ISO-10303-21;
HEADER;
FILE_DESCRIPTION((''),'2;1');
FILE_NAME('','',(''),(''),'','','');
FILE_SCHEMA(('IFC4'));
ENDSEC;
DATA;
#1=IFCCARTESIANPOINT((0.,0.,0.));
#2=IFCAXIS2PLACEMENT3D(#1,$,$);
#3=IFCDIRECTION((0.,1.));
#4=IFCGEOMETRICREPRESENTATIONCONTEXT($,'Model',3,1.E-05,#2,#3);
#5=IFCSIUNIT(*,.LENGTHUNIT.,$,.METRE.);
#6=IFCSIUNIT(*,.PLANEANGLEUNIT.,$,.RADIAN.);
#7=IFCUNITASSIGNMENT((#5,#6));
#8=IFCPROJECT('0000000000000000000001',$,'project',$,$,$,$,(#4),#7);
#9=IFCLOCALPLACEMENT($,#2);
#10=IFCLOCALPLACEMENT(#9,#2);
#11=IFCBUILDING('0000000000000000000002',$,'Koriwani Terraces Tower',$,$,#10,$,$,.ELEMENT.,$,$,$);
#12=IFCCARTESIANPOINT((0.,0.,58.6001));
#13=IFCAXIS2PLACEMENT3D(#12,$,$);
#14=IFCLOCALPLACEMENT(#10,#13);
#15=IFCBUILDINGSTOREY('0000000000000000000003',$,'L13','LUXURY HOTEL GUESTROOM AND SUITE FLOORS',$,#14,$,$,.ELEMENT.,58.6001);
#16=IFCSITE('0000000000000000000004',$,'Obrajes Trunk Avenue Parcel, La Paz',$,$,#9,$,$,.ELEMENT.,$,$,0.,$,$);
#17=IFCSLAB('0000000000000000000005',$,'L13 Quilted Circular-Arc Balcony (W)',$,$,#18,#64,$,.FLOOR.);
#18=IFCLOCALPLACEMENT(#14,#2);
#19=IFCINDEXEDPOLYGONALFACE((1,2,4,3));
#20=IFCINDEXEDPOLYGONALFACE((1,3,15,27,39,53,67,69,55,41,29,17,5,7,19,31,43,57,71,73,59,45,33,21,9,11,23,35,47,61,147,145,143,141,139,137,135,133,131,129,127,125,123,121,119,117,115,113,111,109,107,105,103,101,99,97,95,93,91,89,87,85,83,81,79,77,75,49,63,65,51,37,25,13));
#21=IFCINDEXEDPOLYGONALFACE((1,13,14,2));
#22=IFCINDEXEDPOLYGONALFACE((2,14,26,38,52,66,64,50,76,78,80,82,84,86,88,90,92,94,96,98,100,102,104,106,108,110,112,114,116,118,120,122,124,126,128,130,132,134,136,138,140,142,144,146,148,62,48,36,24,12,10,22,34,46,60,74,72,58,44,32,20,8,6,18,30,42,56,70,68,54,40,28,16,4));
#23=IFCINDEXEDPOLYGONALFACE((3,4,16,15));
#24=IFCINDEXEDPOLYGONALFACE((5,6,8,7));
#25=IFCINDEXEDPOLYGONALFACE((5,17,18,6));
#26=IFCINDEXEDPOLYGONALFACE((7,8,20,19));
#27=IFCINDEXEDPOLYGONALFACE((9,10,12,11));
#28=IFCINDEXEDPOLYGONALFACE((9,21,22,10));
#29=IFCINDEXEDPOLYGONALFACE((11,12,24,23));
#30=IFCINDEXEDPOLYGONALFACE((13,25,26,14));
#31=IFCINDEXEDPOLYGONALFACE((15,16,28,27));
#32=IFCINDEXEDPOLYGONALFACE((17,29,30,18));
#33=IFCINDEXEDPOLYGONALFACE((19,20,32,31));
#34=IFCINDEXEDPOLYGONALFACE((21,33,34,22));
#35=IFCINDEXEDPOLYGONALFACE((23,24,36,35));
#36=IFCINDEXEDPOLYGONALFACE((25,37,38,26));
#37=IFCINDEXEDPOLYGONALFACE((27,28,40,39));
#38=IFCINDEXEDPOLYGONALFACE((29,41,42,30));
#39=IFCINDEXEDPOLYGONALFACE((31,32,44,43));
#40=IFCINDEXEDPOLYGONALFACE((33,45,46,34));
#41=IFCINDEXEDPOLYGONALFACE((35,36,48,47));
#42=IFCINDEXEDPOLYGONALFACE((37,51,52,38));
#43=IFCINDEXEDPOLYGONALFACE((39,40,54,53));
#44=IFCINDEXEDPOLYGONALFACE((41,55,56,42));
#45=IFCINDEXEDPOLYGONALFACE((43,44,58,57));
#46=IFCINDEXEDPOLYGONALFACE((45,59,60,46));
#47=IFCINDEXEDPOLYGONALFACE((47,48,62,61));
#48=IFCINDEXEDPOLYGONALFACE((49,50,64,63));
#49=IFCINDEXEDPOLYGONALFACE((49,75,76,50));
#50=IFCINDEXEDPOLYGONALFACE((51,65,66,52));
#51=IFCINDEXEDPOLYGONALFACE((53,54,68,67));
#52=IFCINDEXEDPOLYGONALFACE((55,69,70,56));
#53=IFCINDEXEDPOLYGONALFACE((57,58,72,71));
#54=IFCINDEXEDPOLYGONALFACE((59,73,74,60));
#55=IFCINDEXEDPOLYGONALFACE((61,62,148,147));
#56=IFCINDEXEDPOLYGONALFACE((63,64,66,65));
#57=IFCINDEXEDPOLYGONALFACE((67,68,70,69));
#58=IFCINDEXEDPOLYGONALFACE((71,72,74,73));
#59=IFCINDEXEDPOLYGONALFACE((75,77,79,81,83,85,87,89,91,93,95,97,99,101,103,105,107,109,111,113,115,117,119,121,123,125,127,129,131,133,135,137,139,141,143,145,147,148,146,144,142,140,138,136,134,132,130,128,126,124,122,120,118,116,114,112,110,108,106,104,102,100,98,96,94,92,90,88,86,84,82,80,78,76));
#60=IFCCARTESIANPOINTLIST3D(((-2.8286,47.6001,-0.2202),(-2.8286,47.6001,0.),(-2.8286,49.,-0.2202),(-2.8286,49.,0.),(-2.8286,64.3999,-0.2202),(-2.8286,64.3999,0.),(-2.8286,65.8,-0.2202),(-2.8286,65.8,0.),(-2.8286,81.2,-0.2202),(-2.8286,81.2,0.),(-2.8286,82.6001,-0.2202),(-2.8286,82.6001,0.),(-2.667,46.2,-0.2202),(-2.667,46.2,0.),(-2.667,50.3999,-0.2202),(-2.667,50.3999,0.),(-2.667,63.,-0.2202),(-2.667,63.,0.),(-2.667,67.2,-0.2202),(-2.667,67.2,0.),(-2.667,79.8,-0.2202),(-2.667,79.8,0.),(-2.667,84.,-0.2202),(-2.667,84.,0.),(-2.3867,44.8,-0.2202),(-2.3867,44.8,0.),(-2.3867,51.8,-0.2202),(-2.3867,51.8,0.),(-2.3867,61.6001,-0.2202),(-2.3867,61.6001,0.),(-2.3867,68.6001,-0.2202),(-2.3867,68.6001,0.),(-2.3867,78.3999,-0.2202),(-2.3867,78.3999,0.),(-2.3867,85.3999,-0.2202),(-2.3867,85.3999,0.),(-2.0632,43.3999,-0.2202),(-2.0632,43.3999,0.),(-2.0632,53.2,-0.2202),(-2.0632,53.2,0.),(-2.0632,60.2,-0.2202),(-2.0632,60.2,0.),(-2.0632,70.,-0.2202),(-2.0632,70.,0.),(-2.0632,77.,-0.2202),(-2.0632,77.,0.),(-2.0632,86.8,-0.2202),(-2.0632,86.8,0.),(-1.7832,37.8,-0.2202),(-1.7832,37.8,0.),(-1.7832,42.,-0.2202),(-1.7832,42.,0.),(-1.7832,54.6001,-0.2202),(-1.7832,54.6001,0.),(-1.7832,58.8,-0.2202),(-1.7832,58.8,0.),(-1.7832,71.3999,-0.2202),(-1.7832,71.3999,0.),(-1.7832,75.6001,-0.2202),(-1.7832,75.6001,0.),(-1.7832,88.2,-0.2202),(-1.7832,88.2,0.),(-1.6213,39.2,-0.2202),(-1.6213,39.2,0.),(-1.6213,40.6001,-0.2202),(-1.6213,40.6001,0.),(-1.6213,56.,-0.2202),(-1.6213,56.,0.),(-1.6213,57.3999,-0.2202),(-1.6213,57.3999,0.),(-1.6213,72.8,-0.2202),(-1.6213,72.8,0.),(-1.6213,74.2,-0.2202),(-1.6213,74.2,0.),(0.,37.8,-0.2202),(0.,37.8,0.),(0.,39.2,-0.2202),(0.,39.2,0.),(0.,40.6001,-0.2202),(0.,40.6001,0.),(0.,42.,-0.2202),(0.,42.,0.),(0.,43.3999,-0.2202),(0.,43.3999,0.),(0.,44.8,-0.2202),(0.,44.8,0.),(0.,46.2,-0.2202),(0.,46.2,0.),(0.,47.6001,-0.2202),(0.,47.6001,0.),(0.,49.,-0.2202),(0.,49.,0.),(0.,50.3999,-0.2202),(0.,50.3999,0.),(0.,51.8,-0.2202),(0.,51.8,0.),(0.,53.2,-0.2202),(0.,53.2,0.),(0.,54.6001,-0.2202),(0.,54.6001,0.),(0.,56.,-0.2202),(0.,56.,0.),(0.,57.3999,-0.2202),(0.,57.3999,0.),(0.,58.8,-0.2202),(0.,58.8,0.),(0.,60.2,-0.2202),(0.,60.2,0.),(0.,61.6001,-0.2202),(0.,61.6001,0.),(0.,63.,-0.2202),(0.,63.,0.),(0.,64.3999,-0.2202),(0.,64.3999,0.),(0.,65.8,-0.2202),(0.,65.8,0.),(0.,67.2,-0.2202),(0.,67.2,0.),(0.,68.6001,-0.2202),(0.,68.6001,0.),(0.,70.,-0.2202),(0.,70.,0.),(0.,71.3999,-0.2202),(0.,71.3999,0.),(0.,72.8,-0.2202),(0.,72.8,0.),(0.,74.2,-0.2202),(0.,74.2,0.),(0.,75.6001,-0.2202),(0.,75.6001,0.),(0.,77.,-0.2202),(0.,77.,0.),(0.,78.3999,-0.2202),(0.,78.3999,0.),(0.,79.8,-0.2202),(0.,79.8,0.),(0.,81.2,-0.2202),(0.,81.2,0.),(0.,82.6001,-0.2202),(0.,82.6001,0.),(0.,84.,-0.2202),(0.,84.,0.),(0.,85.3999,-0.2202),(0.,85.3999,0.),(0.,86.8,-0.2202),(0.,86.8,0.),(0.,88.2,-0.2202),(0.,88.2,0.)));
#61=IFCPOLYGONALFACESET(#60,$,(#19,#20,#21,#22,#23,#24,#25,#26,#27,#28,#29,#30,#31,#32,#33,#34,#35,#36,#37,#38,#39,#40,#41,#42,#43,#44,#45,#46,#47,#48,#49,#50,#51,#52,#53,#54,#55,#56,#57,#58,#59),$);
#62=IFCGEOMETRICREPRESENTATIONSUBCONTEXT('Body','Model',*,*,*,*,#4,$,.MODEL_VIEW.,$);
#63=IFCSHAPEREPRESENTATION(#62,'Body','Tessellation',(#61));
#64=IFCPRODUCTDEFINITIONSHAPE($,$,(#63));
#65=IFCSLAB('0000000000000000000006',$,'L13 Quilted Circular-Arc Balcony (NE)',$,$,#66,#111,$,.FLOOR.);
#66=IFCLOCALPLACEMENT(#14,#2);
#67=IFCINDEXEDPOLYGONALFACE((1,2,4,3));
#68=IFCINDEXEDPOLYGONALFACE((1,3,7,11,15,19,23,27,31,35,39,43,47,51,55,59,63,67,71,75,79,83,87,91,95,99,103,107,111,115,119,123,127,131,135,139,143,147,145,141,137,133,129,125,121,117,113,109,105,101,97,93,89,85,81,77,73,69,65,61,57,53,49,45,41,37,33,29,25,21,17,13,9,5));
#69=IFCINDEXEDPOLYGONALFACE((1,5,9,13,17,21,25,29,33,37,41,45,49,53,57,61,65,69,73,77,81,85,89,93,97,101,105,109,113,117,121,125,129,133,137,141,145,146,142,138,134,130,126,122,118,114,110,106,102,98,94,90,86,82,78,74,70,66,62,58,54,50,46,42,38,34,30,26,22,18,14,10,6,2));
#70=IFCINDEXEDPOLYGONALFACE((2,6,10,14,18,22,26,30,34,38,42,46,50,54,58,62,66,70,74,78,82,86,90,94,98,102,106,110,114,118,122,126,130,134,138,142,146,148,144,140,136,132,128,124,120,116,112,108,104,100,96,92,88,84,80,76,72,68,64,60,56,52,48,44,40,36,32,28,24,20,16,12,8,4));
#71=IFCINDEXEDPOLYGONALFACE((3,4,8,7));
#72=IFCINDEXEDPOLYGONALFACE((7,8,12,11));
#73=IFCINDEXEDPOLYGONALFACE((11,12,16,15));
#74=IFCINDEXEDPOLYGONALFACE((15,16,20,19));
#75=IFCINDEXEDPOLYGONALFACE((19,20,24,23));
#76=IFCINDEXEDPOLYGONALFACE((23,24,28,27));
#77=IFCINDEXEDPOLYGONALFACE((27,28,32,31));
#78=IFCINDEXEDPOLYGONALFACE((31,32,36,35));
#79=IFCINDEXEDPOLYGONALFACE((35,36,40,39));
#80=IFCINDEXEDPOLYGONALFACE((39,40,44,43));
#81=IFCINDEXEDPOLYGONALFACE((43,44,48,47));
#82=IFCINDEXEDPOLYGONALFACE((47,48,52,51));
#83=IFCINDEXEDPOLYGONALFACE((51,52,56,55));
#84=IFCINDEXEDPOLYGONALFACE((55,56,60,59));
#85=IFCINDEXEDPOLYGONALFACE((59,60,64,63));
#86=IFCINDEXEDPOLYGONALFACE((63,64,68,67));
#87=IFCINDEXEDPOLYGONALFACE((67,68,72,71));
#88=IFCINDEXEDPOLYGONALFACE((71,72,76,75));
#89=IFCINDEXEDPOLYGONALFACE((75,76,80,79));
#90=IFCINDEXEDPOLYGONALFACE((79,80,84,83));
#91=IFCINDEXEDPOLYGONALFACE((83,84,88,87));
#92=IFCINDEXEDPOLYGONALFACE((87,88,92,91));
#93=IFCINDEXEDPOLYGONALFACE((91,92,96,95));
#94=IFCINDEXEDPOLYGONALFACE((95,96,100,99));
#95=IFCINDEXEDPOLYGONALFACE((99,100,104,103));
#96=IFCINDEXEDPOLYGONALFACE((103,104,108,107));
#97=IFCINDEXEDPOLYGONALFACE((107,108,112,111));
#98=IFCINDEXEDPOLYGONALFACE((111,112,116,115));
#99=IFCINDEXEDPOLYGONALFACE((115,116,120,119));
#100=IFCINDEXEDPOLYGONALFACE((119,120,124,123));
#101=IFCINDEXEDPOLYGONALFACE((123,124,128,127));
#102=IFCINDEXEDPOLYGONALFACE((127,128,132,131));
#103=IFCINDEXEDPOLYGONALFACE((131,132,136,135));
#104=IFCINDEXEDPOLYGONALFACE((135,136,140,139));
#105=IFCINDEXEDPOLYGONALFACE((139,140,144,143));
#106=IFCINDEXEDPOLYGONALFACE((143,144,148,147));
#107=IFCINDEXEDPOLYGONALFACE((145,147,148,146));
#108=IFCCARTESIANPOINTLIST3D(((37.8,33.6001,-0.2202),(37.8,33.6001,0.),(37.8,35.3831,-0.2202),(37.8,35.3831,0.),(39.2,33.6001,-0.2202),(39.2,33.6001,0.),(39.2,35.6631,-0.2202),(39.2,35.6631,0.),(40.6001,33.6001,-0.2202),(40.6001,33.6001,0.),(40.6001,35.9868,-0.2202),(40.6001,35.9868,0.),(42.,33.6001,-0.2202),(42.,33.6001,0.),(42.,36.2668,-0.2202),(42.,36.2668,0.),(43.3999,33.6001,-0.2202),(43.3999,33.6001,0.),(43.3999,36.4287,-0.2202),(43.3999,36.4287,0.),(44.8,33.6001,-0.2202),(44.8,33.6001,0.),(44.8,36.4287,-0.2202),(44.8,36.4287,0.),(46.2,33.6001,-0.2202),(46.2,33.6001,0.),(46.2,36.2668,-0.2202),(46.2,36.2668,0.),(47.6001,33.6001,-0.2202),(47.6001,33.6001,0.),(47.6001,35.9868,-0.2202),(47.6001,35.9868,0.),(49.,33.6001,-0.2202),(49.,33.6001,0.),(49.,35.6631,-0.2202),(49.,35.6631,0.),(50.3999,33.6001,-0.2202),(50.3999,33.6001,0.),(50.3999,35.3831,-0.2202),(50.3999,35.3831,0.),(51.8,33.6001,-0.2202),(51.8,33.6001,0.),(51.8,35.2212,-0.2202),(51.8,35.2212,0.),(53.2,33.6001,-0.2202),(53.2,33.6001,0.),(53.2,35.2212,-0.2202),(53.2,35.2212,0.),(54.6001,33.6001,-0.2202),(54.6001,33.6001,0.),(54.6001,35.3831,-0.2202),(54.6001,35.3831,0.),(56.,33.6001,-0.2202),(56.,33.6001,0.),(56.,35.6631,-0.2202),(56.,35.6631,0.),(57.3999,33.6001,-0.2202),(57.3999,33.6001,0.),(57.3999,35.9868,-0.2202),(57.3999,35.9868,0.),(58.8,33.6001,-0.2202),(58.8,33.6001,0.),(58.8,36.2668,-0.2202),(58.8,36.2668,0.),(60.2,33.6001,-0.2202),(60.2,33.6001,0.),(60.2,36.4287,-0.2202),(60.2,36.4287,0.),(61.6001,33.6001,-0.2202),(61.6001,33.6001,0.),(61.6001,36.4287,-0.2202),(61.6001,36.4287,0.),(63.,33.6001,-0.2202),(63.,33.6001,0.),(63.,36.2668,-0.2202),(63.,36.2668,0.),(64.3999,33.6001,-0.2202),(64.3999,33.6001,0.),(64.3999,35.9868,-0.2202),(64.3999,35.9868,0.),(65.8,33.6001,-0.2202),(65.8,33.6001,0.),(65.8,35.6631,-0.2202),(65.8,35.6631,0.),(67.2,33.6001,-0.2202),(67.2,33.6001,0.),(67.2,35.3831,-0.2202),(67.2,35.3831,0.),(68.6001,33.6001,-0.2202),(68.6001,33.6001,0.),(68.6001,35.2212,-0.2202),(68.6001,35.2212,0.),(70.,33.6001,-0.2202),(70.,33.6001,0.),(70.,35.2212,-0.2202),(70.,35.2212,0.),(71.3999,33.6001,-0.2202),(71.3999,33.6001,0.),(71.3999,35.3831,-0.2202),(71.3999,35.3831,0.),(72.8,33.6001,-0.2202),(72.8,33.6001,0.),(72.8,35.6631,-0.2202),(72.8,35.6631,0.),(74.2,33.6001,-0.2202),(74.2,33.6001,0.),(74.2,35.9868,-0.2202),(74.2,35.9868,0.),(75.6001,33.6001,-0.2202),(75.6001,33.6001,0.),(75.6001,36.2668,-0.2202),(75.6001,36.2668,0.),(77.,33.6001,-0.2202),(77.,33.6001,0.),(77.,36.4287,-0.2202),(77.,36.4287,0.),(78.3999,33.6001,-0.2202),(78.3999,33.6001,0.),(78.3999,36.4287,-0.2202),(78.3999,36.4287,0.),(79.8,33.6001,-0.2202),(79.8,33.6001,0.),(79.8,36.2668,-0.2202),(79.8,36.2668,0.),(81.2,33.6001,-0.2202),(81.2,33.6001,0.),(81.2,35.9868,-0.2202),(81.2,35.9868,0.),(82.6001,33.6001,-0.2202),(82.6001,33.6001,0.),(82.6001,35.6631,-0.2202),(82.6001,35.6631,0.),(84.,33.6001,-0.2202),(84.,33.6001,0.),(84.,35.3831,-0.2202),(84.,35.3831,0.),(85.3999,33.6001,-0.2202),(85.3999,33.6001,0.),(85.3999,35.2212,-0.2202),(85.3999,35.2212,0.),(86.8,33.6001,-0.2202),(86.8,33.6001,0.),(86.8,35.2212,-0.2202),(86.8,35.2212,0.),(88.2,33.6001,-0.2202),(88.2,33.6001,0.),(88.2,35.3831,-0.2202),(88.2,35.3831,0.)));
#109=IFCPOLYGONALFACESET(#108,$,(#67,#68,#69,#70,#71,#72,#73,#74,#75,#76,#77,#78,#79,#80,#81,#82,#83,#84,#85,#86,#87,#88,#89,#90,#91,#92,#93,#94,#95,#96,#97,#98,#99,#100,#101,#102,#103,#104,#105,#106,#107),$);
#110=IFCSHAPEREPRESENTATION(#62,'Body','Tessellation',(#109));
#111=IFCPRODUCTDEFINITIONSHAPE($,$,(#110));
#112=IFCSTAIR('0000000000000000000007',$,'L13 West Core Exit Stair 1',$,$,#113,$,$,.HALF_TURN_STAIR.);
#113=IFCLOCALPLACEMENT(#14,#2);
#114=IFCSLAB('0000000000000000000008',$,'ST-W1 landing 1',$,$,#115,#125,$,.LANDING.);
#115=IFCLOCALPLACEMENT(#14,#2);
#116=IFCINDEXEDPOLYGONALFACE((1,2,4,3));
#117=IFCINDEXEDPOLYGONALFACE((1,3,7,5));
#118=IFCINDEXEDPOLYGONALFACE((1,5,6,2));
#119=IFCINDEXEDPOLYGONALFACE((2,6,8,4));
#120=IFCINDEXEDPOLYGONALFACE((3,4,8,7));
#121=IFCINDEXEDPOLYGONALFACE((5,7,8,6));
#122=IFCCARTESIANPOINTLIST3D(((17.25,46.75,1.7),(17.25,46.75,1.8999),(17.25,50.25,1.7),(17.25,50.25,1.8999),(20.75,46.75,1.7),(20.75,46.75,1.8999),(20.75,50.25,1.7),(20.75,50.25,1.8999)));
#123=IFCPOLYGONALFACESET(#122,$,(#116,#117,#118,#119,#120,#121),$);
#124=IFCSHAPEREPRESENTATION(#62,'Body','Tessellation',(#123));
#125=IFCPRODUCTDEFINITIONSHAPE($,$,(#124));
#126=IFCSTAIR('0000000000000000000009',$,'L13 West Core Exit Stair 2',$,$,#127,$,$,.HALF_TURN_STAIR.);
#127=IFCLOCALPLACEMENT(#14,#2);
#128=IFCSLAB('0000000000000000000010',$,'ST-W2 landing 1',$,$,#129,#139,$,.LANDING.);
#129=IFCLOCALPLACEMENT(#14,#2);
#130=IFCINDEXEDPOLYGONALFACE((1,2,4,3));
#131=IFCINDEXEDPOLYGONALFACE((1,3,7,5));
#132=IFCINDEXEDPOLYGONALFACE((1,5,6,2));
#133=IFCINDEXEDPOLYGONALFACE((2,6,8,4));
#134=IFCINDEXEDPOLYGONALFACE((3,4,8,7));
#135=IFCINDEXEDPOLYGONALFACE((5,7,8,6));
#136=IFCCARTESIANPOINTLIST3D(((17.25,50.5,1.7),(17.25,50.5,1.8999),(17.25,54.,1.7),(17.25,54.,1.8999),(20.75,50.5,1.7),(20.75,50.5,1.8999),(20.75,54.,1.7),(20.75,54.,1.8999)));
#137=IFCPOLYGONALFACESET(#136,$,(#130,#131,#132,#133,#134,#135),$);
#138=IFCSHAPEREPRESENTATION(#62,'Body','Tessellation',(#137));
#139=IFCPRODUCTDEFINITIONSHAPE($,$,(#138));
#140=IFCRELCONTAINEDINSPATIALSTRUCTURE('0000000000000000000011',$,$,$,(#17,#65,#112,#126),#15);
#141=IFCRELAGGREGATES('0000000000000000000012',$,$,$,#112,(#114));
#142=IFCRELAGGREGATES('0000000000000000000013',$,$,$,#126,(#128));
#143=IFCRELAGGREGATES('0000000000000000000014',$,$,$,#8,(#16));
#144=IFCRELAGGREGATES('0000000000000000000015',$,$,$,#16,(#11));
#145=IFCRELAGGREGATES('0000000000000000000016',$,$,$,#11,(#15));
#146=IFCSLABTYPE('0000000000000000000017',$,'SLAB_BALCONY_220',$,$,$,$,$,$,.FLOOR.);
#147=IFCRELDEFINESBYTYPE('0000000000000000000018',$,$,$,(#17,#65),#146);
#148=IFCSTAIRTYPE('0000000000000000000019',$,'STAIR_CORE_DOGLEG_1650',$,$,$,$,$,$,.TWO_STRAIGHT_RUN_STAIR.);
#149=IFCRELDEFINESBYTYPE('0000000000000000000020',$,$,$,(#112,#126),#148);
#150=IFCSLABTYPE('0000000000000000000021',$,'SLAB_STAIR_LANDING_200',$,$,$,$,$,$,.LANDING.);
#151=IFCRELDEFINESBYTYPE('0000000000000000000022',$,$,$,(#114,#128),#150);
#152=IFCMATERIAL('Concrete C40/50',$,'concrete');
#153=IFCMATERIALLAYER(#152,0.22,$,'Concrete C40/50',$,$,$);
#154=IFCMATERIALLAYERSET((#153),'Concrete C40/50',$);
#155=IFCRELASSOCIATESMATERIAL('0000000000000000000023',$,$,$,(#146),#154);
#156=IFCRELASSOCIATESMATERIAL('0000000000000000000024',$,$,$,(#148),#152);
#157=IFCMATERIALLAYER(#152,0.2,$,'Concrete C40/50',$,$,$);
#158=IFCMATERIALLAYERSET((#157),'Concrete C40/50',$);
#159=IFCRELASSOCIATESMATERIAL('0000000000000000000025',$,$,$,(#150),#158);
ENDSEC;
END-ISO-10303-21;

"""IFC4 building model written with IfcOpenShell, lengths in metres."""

from ifc_helpers import new_model, si_unit, direction, frame, origin, place, context, subcontext, project, spatial, polyline, outline, extrude, material, layer, layer_set, type_object, element, aggregate, save


model = new_model("IFC4")

# Units and contexts
model_context = context("Model", 3, precision=1e-05, world=origin(), true_north=direction((0.0, 1.0)))
body_context = subcontext(model_context, "Body", "Model", "MODEL_VIEW")
ifc_project = project(units=[si_unit("LENGTHUNIT", "METRE"), si_unit("PLANEANGLEUNIT", "RADIAN")], contexts=[model_context])

# Site, building, storey
site_placement = place(None, origin())
site = spatial("IfcSite", under=ifc_project, at=site_placement, Name="Obrajes Trunk Avenue Parcel, La Paz", CompositionType="ELEMENT", RefElevation=0.0)
building_placement = place(site_placement, origin())
building = spatial("IfcBuilding", under=site, at=building_placement, Name="Koriwani Terraces Tower", CompositionType="ELEMENT")
storey_placement = place(building_placement, frame((0.0, 0.0, 58.6001)))
storey = spatial("IfcBuildingStorey", under=building, at=storey_placement, Name="L13", Description="LUXURY HOTEL GUESTROOM AND SUITE FLOORS", CompositionType="ELEMENT", Elevation=58.6001)

# Slabs
ifc_material_1 = material(Name="Concrete C40/50", Category="concrete")
ifc_layer_1 = layer(ifc_material_1, 0.22, Name="Concrete C40/50")
ifc_layer_set_1 = layer_set([ifc_layer_1], Name="Concrete C40/50")
slab_type_1 = type_object("IfcSlabType", Name="SLAB_BALCONY_220", PredefinedType="FLOOR", material=ifc_layer_set_1)
slab_1_placement = place(storey_placement, frame((0.0, 0.0, -0.2202)))
element("IfcSlab", 1, at=slab_1_placement, inside=storey, type_object=slab_type_1, Name="L13 Quilted Circular-Arc Balcony (W)", PredefinedType="FLOOR", context=body_context, shape_type="SweptSolid", body=[
    extrude(outline(polyline([(0.0, 37.8), (0.0, 39.2), (0.0, 40.6001), (0.0, 42.0), (0.0, 43.3999), (0.0, 44.8), (0.0, 46.2), (0.0, 47.6001), (0.0, 49.0), (0.0, 50.3999), (0.0, 51.8), (0.0, 53.2), (0.0, 54.6001), (0.0, 56.0), (0.0, 57.3999), (0.0, 58.8), (0.0, 60.2), (0.0, 61.6001), (0.0, 63.0), (0.0, 64.3999), (0.0, 65.8), (0.0, 67.2), (0.0, 68.6001), (0.0, 70.0), (0.0, 71.3999), (0.0, 72.8), (0.0, 74.2), (0.0, 75.6001), (0.0, 77.0), (0.0, 78.3999), (0.0, 79.8), (0.0, 81.2), (0.0, 82.6001), (0.0, 84.0), (0.0, 85.3999), (0.0, 86.8), (0.0, 88.2), (-1.7832, 88.2), (-2.0632, 86.8), (-2.3867, 85.3999), (-2.667, 84.0), (-2.8286, 82.6001), (-2.8286, 81.2), (-2.667, 79.8), (-2.3867, 78.3999), (-2.0632, 77.0), (-1.7832, 75.6001), (-1.6213, 74.2), (-1.6213, 72.8), (-1.7832, 71.3999), (-2.0632, 70.0), (-2.3867, 68.6001), (-2.667, 67.2), (-2.8286, 65.8), (-2.8286, 64.3999), (-2.667, 63.0), (-2.3867, 61.6001), (-2.0632, 60.2), (-1.7832, 58.8), (-1.6213, 57.3999), (-1.6213, 56.0), (-1.7832, 54.6001), (-2.0632, 53.2), (-2.3867, 51.8), (-2.667, 50.3999), (-2.8286, 49.0), (-2.8286, 47.6001), (-2.667, 46.2), (-2.3867, 44.8), (-2.0632, 43.3999), (-1.7832, 42.0), (-1.6213, 40.6001), (-1.6213, 39.2), (-1.7832, 37.8), (0.0, 37.8)])), origin(), (0.0, 0.0, 1.0), 0.2202),
])
slab_2_placement = place(storey_placement, frame((0.0, 0.0, -0.2202)))
element("IfcSlab", 2, at=slab_2_placement, inside=storey, type_object=slab_type_1, Name="L13 Quilted Circular-Arc Balcony (NE)", PredefinedType="FLOOR", context=body_context, shape_type="SweptSolid", body=[
    extrude(outline(polyline([(88.2, 33.6001), (86.8, 33.6001), (85.3999, 33.6001), (84.0, 33.6001), (82.6001, 33.6001), (81.2, 33.6001), (79.8, 33.6001), (78.3999, 33.6001), (77.0, 33.6001), (75.6001, 33.6001), (74.2, 33.6001), (72.8, 33.6001), (71.3999, 33.6001), (70.0, 33.6001), (68.6001, 33.6001), (67.2, 33.6001), (65.8, 33.6001), (64.3999, 33.6001), (63.0, 33.6001), (61.6001, 33.6001), (60.2, 33.6001), (58.8, 33.6001), (57.3999, 33.6001), (56.0, 33.6001), (54.6001, 33.6001), (53.2, 33.6001), (51.8, 33.6001), (50.3999, 33.6001), (49.0, 33.6001), (47.6001, 33.6001), (46.2, 33.6001), (44.8, 33.6001), (43.3999, 33.6001), (42.0, 33.6001), (40.6001, 33.6001), (39.2, 33.6001), (37.8, 33.6001), (37.8, 35.3831), (39.2, 35.6631), (40.6001, 35.9868), (42.0, 36.2668), (43.3999, 36.4287), (44.8, 36.4287), (46.2, 36.2668), (47.6001, 35.9868), (49.0, 35.6631), (50.3999, 35.3831), (51.8, 35.2212), (53.2, 35.2212), (54.6001, 35.3831), (56.0, 35.6631), (57.3999, 35.9868), (58.8, 36.2668), (60.2, 36.4287), (61.6001, 36.4287), (63.0, 36.2668), (64.3999, 35.9868), (65.8, 35.6631), (67.2, 35.3831), (68.6001, 35.2212), (70.0, 35.2212), (71.3999, 35.3831), (72.8, 35.6631), (74.2, 35.9868), (75.6001, 36.2668), (77.0, 36.4287), (78.3999, 36.4287), (79.8, 36.2668), (81.2, 35.9868), (82.6001, 35.6631), (84.0, 35.3831), (85.3999, 35.2212), (86.8, 35.2212), (88.2, 35.3831), (88.2, 33.6001)])), origin(), (0.0, 0.0, 1.0), 0.2202),
])

# Stairs, slabs
stair_type = type_object("IfcStairType", Name="STAIR_CORE_DOGLEG_1650", PredefinedType="TWO_STRAIGHT_RUN_STAIR", material=ifc_material_1)
stair_1_placement = place(storey_placement, origin())
stair_1 = element("IfcStair", 3, at=stair_1_placement, inside=storey, type_object=stair_type, Name="L13 West Core Exit Stair 1", PredefinedType="HALF_TURN_STAIR")
ifc_layer_2 = layer(ifc_material_1, 0.2, Name="Concrete C40/50")
ifc_layer_set_2 = layer_set([ifc_layer_2], Name="Concrete C40/50")
slab_type_2 = type_object("IfcSlabType", Name="SLAB_STAIR_LANDING_200", PredefinedType="LANDING", material=ifc_layer_set_2)
slab_3_placement = place(storey_placement, frame((0.0, 0.0, 1.7)))
slab_3 = element("IfcSlab", 4, at=slab_3_placement, type_object=slab_type_2, Name="ST-W1 landing 1", PredefinedType="LANDING", context=body_context, shape_type="SweptSolid", body=[
    extrude(outline(polyline([(20.75, 46.75), (20.75, 50.25), (17.25, 50.25), (17.25, 46.75), (20.75, 46.75)])), origin(), (0.0, 0.0, 1.0), 0.2),
])
aggregate(stair_1, [slab_3])
stair_2_placement = place(storey_placement, origin())
stair_2 = element("IfcStair", 5, at=stair_2_placement, inside=storey, type_object=stair_type, Name="L13 West Core Exit Stair 2", PredefinedType="HALF_TURN_STAIR")
slab_4_placement = place(storey_placement, frame((0.0, 0.0, 1.7)))
slab_4 = element("IfcSlab", 6, at=slab_4_placement, type_object=slab_type_2, Name="ST-W2 landing 1", PredefinedType="LANDING", context=body_context, shape_type="SweptSolid", body=[
    extrude(outline(polyline([(17.25, 54.0), (17.25, 50.5), (20.75, 50.5), (20.75, 54.0), (17.25, 54.0)])), origin(), (0.0, 0.0, 1.0), 0.2),
])
aggregate(stair_2, [slab_4])

save(model, "model.ifc")
